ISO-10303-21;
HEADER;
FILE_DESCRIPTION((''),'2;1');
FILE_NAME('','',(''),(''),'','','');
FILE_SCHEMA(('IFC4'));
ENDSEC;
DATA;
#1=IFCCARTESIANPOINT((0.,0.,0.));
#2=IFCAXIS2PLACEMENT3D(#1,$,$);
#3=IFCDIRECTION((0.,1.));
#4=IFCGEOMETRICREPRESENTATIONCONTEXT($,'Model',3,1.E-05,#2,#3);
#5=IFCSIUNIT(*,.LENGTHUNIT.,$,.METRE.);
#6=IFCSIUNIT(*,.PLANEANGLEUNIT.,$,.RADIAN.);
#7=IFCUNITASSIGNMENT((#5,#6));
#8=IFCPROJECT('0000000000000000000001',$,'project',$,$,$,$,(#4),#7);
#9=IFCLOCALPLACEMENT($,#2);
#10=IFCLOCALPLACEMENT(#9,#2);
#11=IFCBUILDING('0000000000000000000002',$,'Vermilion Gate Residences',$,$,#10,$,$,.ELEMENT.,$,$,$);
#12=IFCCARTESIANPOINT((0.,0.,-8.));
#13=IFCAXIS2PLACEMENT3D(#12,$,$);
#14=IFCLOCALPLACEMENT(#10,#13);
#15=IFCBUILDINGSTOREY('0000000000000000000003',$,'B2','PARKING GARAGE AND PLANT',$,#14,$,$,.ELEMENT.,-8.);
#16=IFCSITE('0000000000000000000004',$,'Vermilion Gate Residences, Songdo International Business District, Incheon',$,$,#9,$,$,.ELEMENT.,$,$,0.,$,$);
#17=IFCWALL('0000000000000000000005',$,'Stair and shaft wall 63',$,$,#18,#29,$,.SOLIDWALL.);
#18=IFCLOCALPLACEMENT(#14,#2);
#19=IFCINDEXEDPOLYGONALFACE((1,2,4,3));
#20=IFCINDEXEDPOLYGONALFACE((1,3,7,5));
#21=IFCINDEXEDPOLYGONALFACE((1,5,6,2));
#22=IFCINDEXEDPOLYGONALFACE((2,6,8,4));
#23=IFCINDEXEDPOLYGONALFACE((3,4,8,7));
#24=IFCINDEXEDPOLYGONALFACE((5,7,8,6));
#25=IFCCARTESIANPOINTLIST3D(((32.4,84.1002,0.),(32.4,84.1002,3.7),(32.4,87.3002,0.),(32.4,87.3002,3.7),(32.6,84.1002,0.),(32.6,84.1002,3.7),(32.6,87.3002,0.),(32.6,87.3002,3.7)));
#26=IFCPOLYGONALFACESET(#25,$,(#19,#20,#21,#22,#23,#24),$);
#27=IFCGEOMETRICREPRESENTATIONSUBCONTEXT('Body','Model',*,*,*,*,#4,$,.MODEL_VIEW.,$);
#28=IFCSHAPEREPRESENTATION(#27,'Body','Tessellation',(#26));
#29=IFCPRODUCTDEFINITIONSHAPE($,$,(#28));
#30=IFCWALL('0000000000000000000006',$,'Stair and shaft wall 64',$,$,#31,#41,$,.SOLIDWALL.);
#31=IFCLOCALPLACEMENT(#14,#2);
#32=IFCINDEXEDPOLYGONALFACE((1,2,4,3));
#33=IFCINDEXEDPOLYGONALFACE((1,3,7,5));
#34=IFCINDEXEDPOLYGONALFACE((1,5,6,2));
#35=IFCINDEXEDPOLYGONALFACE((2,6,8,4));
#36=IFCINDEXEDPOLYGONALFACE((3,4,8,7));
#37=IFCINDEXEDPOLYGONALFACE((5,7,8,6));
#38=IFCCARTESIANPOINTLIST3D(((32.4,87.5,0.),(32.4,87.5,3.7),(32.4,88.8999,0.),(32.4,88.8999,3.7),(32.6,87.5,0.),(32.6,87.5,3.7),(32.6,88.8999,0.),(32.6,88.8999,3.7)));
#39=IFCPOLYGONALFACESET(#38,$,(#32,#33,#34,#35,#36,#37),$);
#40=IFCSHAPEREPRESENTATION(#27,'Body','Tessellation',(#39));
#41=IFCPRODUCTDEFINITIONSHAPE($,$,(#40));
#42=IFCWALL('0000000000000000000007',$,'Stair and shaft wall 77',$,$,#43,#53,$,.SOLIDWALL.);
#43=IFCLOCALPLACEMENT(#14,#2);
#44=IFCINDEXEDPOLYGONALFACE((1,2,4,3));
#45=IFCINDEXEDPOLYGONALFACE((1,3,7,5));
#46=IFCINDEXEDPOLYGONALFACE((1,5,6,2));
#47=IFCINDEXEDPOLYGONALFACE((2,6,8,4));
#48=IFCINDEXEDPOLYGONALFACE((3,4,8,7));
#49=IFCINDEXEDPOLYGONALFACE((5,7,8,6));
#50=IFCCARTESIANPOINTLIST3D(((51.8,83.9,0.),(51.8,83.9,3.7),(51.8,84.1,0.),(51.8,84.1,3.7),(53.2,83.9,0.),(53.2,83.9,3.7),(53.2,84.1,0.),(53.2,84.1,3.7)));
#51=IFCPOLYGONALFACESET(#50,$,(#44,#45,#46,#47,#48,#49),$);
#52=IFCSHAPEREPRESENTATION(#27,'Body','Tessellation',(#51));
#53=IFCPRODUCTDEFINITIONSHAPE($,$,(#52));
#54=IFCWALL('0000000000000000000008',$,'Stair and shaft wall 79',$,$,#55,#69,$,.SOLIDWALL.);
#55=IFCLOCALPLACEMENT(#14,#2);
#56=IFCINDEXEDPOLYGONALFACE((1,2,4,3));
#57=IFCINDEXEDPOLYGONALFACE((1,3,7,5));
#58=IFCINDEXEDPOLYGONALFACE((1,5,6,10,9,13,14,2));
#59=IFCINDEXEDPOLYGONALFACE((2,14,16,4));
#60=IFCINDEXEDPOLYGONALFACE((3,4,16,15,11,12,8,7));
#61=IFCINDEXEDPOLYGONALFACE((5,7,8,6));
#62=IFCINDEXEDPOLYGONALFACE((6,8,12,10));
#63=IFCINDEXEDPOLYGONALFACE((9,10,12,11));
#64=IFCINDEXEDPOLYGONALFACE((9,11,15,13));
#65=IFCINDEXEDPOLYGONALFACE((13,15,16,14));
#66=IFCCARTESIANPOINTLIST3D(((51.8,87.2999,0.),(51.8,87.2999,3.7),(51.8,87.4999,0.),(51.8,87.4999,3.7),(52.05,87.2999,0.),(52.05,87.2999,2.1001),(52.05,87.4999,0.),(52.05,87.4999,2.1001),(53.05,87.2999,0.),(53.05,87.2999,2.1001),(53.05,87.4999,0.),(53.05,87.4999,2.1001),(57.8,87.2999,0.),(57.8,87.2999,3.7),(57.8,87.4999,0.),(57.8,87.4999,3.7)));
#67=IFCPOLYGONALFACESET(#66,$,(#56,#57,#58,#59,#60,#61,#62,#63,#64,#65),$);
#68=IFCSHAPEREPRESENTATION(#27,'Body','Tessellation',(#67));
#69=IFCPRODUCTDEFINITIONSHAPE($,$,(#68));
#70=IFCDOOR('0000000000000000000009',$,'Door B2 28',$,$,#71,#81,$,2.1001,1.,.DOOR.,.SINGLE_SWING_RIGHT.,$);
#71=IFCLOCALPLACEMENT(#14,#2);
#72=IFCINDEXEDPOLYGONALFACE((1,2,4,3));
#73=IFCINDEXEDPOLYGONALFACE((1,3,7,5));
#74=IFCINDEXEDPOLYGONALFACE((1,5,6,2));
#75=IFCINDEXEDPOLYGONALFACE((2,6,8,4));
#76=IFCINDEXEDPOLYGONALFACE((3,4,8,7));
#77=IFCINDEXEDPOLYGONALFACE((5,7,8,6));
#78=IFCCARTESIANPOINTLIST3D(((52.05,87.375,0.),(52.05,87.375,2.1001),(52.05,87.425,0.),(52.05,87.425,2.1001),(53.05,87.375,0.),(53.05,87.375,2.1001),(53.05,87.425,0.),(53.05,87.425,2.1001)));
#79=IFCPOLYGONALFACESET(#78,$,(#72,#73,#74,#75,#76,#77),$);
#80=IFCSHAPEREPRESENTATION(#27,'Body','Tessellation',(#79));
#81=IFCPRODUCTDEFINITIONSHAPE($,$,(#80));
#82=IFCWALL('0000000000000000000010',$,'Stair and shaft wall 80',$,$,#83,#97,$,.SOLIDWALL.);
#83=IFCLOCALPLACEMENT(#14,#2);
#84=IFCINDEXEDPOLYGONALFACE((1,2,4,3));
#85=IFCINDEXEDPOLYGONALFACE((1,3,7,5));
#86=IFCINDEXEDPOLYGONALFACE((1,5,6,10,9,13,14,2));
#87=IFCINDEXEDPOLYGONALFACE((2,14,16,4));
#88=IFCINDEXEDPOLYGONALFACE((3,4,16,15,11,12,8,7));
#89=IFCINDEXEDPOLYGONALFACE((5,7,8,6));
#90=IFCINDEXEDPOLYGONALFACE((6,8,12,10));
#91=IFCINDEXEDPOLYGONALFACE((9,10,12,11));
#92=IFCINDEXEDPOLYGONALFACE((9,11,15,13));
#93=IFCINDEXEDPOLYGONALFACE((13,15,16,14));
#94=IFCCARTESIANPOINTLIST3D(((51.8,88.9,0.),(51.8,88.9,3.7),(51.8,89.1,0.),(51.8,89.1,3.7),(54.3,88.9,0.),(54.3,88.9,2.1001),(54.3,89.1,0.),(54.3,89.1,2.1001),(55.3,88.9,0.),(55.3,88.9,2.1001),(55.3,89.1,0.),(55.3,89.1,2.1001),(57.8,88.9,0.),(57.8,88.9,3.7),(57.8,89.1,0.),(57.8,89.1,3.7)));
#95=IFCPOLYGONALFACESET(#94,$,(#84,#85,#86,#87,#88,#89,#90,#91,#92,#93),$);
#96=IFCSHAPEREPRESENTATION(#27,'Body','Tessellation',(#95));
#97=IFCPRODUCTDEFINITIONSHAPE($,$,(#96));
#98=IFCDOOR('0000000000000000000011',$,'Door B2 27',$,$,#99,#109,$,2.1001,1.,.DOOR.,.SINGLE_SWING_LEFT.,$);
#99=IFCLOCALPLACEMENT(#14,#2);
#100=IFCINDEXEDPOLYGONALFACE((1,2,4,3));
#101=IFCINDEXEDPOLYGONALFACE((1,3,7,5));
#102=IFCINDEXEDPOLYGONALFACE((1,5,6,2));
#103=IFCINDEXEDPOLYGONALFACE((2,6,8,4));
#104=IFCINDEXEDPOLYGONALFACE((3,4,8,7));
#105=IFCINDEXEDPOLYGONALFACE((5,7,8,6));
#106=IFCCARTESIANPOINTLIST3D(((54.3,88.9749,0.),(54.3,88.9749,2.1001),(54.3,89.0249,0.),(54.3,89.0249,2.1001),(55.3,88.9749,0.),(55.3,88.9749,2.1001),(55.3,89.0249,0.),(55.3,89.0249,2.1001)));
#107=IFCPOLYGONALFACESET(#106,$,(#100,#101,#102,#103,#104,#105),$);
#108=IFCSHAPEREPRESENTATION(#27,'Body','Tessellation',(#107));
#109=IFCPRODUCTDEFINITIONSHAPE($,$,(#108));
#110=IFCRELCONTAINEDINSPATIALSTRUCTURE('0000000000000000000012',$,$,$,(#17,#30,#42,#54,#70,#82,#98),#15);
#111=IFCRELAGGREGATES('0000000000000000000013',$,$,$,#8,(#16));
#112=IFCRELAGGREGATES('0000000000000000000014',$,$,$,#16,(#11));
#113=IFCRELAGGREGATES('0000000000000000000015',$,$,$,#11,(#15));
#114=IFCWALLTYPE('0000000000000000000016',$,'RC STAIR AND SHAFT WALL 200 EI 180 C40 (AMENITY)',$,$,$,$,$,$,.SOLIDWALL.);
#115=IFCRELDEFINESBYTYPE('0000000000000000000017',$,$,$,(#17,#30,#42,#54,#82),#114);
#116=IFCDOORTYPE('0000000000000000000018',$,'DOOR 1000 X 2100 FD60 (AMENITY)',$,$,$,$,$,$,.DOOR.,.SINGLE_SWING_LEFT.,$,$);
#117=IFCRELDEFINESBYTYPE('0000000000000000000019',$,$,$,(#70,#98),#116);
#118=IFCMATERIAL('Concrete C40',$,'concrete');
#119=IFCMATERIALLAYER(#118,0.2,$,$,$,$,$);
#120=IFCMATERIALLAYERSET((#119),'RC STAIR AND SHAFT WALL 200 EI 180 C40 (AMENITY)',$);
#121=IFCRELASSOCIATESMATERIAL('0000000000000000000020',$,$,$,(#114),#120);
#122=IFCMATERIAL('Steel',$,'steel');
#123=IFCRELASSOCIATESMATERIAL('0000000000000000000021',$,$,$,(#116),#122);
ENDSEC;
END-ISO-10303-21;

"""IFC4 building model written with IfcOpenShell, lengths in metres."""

from ifc_helpers import new_model, si_unit, direction, frame, frame_2d, origin, place, context, subcontext, project, spatial, rectangle, extrude, material, layer, layer_set, type_object, element, fill, save


model = new_model("IFC4")

# Units and contexts
model_context = context("Model", 3, precision=1e-05, world=origin(), true_north=direction((0.0, 1.0)))
body_context = subcontext(model_context, "Body", "Model", "MODEL_VIEW")
ifc_project = project(units=[si_unit("LENGTHUNIT", "METRE"), si_unit("PLANEANGLEUNIT", "RADIAN")], contexts=[model_context])

# Site, building, storey
site_placement = place(None, origin())
site = spatial("IfcSite", under=ifc_project, at=site_placement, Name="Vermilion Gate Residences, Songdo International Business District, Incheon", CompositionType="ELEMENT", RefElevation=0.0)
building_placement = place(site_placement, origin())
building = spatial("IfcBuilding", under=site, at=building_placement, Name="Vermilion Gate Residences", CompositionType="ELEMENT")
storey_placement = place(building_placement, frame((0.0, 0.0, -8.0)))
storey = spatial("IfcBuildingStorey", under=building, at=storey_placement, Name="B2", Description="PARKING GARAGE AND PLANT", CompositionType="ELEMENT", Elevation=-8.0)

# Walls
ifc_material_1 = material(Name="Concrete C40", Category="concrete")
ifc_layer_1 = layer(ifc_material_1, 0.2)
ifc_layer_set_1 = layer_set([ifc_layer_1], Name="RC STAIR AND SHAFT WALL 200 EI 180 C40 (AMENITY)")
wall_type_1 = type_object("IfcWallType", Name="RC STAIR AND SHAFT WALL 200 EI 180 C40 (AMENITY)", PredefinedType="SOLIDWALL", material=ifc_layer_set_1)
for number, where, z_axis, x_axis, name in (
    (1, (32.5, 84.1001, 0.0), (0.0, 0.0, 1.0), (0.0, 1.0, 0.0), "Stair and shaft wall 63"),
):
    element("IfcWall", number, at=place(storey_placement, frame(where, z_axis=z_axis, x_axis=x_axis)), inside=storey, type_object=wall_type_1, Name=name, PredefinedType="SOLIDWALL", context=body_context, shape_type="SweptSolid", body=[
        extrude(rectangle(XDim=3.2, YDim=0.2, at=frame_2d((1.6001, 0.0))), origin(), (0.0, 0.0, 1.0), 3.7),
    ])
for number, where, z_axis, x_axis, name in (
    (2, (32.5, 87.5, 0.0), (0.0, 0.0, 1.0), (0.0, 1.0, 0.0), "Stair and shaft wall 64"),
    (3, (51.8, 84.0, 0.0), (0.0, 0.0, 1.0), (1.0, 0.0, 0.0), "Stair and shaft wall 77"),
):
    element("IfcWall", number, at=place(storey_placement, frame(where, z_axis=z_axis, x_axis=x_axis)), inside=storey, type_object=wall_type_1, Name=name, PredefinedType="SOLIDWALL", context=body_context, shape_type="SweptSolid", body=[
        extrude(rectangle(XDim=1.3999, YDim=0.2, at=frame_2d((0.7, 0.0))), origin(), (0.0, 0.0, 1.0), 3.7),
    ])

# Walls, openings, doors
wall_1_placement = place(storey_placement, frame((51.8, 87.3999, 0.0), z_axis=(0.0, 0.0, 1.0), x_axis=(1.0, 0.0, 0.0)))
wall_1 = element("IfcWall", 4, at=wall_1_placement, inside=storey, type_object=wall_type_1, Name="Stair and shaft wall 79", PredefinedType="SOLIDWALL", context=body_context, shape_type="SweptSolid", body=[
    extrude(rectangle(XDim=6.0, YDim=0.2, at=frame_2d((3.0, 0.0))), origin(), (0.0, 0.0, 1.0), 3.7),
])
opening_1_placement = place(wall_1_placement, frame((0.25, 0.0, 0.0)))
opening_1 = element("IfcOpeningElement", 5, at=opening_1_placement, cuts=wall_1, PredefinedType="OPENING", context=body_context, shape_type="SweptSolid", body=[
    extrude(rectangle(XDim=1.0, YDim=2.1001, at=frame_2d((0.5, 1.05))), frame((0.0, 0.1099, 0.0), z_axis=(0.0, -1.0, 0.0), x_axis=(1.0, 0.0, 0.0)), (0.0, 0.0, 1.0), 0.22),
])
ifc_material_2 = material(Name="Steel", Category="steel")
door_type_1 = type_object("IfcDoorType", Name="DOOR 1000 X 2100 FD60 (AMENITY)", OperationType="SINGLE_SWING_LEFT", PredefinedType="DOOR", material=ifc_material_2)
door_1_placement = place(opening_1_placement, frame((1.0, 0.0, 0.0), z_axis=(0.0, 0.0, 1.0), x_axis=(-1.0, 0.0, 0.0)))
door_1 = element("IfcDoor", 6, at=door_1_placement, inside=storey, type_object=door_type_1, Name="Door B2 28", OperationType="SINGLE_SWING_RIGHT", OverallHeight=2.1001, OverallWidth=1.0, PredefinedType="DOOR", context=body_context, shape_type="SweptSolid", body=[
    extrude(rectangle(XDim=1.0, YDim=2.1001, at=frame_2d((0.5, 1.05))), frame((0.0, 0.0249, 0.0), z_axis=(0.0, -1.0, 0.0), x_axis=(1.0, 0.0, 0.0)), (0.0, 0.0, 1.0), 0.05),
])
fill(opening_1, door_1)
wall_2_placement = place(storey_placement, frame((51.8, 89.0, 0.0), z_axis=(0.0, 0.0, 1.0), x_axis=(1.0, 0.0, 0.0)))
wall_2 = element("IfcWall", 7, at=wall_2_placement, inside=storey, type_object=wall_type_1, Name="Stair and shaft wall 80", PredefinedType="SOLIDWALL", context=body_context, shape_type="SweptSolid", body=[
    extrude(rectangle(XDim=6.0, YDim=0.2, at=frame_2d((3.0, 0.0))), origin(), (0.0, 0.0, 1.0), 3.7),
])
opening_2_placement = place(wall_2_placement, frame((2.5, 0.0, 0.0)))
opening_2 = element("IfcOpeningElement", 8, at=opening_2_placement, cuts=wall_2, PredefinedType="OPENING", context=body_context, shape_type="SweptSolid", body=[
    extrude(rectangle(XDim=1.0, YDim=2.1001, at=frame_2d((0.5, 1.05))), frame((0.0, 0.1099, 0.0), z_axis=(0.0, -1.0, 0.0), x_axis=(1.0, 0.0, 0.0)), (0.0, 0.0, 1.0), 0.22),
])
door_2_placement = place(opening_2_placement, origin())
door_2 = element("IfcDoor", 9, at=door_2_placement, inside=storey, type_object=door_type_1, Name="Door B2 27", OperationType="SINGLE_SWING_LEFT", OverallHeight=2.1001, OverallWidth=1.0, PredefinedType="DOOR", context=body_context, shape_type="SweptSolid", body=[
    extrude(rectangle(XDim=1.0, YDim=2.1001, at=frame_2d((0.5, 1.05))), frame((0.0, 0.0249, 0.0), z_axis=(0.0, -1.0, 0.0), x_axis=(1.0, 0.0, 0.0)), (0.0, 0.0, 1.0), 0.05),
])
fill(opening_2, door_2)

save(model, "model.ifc")
